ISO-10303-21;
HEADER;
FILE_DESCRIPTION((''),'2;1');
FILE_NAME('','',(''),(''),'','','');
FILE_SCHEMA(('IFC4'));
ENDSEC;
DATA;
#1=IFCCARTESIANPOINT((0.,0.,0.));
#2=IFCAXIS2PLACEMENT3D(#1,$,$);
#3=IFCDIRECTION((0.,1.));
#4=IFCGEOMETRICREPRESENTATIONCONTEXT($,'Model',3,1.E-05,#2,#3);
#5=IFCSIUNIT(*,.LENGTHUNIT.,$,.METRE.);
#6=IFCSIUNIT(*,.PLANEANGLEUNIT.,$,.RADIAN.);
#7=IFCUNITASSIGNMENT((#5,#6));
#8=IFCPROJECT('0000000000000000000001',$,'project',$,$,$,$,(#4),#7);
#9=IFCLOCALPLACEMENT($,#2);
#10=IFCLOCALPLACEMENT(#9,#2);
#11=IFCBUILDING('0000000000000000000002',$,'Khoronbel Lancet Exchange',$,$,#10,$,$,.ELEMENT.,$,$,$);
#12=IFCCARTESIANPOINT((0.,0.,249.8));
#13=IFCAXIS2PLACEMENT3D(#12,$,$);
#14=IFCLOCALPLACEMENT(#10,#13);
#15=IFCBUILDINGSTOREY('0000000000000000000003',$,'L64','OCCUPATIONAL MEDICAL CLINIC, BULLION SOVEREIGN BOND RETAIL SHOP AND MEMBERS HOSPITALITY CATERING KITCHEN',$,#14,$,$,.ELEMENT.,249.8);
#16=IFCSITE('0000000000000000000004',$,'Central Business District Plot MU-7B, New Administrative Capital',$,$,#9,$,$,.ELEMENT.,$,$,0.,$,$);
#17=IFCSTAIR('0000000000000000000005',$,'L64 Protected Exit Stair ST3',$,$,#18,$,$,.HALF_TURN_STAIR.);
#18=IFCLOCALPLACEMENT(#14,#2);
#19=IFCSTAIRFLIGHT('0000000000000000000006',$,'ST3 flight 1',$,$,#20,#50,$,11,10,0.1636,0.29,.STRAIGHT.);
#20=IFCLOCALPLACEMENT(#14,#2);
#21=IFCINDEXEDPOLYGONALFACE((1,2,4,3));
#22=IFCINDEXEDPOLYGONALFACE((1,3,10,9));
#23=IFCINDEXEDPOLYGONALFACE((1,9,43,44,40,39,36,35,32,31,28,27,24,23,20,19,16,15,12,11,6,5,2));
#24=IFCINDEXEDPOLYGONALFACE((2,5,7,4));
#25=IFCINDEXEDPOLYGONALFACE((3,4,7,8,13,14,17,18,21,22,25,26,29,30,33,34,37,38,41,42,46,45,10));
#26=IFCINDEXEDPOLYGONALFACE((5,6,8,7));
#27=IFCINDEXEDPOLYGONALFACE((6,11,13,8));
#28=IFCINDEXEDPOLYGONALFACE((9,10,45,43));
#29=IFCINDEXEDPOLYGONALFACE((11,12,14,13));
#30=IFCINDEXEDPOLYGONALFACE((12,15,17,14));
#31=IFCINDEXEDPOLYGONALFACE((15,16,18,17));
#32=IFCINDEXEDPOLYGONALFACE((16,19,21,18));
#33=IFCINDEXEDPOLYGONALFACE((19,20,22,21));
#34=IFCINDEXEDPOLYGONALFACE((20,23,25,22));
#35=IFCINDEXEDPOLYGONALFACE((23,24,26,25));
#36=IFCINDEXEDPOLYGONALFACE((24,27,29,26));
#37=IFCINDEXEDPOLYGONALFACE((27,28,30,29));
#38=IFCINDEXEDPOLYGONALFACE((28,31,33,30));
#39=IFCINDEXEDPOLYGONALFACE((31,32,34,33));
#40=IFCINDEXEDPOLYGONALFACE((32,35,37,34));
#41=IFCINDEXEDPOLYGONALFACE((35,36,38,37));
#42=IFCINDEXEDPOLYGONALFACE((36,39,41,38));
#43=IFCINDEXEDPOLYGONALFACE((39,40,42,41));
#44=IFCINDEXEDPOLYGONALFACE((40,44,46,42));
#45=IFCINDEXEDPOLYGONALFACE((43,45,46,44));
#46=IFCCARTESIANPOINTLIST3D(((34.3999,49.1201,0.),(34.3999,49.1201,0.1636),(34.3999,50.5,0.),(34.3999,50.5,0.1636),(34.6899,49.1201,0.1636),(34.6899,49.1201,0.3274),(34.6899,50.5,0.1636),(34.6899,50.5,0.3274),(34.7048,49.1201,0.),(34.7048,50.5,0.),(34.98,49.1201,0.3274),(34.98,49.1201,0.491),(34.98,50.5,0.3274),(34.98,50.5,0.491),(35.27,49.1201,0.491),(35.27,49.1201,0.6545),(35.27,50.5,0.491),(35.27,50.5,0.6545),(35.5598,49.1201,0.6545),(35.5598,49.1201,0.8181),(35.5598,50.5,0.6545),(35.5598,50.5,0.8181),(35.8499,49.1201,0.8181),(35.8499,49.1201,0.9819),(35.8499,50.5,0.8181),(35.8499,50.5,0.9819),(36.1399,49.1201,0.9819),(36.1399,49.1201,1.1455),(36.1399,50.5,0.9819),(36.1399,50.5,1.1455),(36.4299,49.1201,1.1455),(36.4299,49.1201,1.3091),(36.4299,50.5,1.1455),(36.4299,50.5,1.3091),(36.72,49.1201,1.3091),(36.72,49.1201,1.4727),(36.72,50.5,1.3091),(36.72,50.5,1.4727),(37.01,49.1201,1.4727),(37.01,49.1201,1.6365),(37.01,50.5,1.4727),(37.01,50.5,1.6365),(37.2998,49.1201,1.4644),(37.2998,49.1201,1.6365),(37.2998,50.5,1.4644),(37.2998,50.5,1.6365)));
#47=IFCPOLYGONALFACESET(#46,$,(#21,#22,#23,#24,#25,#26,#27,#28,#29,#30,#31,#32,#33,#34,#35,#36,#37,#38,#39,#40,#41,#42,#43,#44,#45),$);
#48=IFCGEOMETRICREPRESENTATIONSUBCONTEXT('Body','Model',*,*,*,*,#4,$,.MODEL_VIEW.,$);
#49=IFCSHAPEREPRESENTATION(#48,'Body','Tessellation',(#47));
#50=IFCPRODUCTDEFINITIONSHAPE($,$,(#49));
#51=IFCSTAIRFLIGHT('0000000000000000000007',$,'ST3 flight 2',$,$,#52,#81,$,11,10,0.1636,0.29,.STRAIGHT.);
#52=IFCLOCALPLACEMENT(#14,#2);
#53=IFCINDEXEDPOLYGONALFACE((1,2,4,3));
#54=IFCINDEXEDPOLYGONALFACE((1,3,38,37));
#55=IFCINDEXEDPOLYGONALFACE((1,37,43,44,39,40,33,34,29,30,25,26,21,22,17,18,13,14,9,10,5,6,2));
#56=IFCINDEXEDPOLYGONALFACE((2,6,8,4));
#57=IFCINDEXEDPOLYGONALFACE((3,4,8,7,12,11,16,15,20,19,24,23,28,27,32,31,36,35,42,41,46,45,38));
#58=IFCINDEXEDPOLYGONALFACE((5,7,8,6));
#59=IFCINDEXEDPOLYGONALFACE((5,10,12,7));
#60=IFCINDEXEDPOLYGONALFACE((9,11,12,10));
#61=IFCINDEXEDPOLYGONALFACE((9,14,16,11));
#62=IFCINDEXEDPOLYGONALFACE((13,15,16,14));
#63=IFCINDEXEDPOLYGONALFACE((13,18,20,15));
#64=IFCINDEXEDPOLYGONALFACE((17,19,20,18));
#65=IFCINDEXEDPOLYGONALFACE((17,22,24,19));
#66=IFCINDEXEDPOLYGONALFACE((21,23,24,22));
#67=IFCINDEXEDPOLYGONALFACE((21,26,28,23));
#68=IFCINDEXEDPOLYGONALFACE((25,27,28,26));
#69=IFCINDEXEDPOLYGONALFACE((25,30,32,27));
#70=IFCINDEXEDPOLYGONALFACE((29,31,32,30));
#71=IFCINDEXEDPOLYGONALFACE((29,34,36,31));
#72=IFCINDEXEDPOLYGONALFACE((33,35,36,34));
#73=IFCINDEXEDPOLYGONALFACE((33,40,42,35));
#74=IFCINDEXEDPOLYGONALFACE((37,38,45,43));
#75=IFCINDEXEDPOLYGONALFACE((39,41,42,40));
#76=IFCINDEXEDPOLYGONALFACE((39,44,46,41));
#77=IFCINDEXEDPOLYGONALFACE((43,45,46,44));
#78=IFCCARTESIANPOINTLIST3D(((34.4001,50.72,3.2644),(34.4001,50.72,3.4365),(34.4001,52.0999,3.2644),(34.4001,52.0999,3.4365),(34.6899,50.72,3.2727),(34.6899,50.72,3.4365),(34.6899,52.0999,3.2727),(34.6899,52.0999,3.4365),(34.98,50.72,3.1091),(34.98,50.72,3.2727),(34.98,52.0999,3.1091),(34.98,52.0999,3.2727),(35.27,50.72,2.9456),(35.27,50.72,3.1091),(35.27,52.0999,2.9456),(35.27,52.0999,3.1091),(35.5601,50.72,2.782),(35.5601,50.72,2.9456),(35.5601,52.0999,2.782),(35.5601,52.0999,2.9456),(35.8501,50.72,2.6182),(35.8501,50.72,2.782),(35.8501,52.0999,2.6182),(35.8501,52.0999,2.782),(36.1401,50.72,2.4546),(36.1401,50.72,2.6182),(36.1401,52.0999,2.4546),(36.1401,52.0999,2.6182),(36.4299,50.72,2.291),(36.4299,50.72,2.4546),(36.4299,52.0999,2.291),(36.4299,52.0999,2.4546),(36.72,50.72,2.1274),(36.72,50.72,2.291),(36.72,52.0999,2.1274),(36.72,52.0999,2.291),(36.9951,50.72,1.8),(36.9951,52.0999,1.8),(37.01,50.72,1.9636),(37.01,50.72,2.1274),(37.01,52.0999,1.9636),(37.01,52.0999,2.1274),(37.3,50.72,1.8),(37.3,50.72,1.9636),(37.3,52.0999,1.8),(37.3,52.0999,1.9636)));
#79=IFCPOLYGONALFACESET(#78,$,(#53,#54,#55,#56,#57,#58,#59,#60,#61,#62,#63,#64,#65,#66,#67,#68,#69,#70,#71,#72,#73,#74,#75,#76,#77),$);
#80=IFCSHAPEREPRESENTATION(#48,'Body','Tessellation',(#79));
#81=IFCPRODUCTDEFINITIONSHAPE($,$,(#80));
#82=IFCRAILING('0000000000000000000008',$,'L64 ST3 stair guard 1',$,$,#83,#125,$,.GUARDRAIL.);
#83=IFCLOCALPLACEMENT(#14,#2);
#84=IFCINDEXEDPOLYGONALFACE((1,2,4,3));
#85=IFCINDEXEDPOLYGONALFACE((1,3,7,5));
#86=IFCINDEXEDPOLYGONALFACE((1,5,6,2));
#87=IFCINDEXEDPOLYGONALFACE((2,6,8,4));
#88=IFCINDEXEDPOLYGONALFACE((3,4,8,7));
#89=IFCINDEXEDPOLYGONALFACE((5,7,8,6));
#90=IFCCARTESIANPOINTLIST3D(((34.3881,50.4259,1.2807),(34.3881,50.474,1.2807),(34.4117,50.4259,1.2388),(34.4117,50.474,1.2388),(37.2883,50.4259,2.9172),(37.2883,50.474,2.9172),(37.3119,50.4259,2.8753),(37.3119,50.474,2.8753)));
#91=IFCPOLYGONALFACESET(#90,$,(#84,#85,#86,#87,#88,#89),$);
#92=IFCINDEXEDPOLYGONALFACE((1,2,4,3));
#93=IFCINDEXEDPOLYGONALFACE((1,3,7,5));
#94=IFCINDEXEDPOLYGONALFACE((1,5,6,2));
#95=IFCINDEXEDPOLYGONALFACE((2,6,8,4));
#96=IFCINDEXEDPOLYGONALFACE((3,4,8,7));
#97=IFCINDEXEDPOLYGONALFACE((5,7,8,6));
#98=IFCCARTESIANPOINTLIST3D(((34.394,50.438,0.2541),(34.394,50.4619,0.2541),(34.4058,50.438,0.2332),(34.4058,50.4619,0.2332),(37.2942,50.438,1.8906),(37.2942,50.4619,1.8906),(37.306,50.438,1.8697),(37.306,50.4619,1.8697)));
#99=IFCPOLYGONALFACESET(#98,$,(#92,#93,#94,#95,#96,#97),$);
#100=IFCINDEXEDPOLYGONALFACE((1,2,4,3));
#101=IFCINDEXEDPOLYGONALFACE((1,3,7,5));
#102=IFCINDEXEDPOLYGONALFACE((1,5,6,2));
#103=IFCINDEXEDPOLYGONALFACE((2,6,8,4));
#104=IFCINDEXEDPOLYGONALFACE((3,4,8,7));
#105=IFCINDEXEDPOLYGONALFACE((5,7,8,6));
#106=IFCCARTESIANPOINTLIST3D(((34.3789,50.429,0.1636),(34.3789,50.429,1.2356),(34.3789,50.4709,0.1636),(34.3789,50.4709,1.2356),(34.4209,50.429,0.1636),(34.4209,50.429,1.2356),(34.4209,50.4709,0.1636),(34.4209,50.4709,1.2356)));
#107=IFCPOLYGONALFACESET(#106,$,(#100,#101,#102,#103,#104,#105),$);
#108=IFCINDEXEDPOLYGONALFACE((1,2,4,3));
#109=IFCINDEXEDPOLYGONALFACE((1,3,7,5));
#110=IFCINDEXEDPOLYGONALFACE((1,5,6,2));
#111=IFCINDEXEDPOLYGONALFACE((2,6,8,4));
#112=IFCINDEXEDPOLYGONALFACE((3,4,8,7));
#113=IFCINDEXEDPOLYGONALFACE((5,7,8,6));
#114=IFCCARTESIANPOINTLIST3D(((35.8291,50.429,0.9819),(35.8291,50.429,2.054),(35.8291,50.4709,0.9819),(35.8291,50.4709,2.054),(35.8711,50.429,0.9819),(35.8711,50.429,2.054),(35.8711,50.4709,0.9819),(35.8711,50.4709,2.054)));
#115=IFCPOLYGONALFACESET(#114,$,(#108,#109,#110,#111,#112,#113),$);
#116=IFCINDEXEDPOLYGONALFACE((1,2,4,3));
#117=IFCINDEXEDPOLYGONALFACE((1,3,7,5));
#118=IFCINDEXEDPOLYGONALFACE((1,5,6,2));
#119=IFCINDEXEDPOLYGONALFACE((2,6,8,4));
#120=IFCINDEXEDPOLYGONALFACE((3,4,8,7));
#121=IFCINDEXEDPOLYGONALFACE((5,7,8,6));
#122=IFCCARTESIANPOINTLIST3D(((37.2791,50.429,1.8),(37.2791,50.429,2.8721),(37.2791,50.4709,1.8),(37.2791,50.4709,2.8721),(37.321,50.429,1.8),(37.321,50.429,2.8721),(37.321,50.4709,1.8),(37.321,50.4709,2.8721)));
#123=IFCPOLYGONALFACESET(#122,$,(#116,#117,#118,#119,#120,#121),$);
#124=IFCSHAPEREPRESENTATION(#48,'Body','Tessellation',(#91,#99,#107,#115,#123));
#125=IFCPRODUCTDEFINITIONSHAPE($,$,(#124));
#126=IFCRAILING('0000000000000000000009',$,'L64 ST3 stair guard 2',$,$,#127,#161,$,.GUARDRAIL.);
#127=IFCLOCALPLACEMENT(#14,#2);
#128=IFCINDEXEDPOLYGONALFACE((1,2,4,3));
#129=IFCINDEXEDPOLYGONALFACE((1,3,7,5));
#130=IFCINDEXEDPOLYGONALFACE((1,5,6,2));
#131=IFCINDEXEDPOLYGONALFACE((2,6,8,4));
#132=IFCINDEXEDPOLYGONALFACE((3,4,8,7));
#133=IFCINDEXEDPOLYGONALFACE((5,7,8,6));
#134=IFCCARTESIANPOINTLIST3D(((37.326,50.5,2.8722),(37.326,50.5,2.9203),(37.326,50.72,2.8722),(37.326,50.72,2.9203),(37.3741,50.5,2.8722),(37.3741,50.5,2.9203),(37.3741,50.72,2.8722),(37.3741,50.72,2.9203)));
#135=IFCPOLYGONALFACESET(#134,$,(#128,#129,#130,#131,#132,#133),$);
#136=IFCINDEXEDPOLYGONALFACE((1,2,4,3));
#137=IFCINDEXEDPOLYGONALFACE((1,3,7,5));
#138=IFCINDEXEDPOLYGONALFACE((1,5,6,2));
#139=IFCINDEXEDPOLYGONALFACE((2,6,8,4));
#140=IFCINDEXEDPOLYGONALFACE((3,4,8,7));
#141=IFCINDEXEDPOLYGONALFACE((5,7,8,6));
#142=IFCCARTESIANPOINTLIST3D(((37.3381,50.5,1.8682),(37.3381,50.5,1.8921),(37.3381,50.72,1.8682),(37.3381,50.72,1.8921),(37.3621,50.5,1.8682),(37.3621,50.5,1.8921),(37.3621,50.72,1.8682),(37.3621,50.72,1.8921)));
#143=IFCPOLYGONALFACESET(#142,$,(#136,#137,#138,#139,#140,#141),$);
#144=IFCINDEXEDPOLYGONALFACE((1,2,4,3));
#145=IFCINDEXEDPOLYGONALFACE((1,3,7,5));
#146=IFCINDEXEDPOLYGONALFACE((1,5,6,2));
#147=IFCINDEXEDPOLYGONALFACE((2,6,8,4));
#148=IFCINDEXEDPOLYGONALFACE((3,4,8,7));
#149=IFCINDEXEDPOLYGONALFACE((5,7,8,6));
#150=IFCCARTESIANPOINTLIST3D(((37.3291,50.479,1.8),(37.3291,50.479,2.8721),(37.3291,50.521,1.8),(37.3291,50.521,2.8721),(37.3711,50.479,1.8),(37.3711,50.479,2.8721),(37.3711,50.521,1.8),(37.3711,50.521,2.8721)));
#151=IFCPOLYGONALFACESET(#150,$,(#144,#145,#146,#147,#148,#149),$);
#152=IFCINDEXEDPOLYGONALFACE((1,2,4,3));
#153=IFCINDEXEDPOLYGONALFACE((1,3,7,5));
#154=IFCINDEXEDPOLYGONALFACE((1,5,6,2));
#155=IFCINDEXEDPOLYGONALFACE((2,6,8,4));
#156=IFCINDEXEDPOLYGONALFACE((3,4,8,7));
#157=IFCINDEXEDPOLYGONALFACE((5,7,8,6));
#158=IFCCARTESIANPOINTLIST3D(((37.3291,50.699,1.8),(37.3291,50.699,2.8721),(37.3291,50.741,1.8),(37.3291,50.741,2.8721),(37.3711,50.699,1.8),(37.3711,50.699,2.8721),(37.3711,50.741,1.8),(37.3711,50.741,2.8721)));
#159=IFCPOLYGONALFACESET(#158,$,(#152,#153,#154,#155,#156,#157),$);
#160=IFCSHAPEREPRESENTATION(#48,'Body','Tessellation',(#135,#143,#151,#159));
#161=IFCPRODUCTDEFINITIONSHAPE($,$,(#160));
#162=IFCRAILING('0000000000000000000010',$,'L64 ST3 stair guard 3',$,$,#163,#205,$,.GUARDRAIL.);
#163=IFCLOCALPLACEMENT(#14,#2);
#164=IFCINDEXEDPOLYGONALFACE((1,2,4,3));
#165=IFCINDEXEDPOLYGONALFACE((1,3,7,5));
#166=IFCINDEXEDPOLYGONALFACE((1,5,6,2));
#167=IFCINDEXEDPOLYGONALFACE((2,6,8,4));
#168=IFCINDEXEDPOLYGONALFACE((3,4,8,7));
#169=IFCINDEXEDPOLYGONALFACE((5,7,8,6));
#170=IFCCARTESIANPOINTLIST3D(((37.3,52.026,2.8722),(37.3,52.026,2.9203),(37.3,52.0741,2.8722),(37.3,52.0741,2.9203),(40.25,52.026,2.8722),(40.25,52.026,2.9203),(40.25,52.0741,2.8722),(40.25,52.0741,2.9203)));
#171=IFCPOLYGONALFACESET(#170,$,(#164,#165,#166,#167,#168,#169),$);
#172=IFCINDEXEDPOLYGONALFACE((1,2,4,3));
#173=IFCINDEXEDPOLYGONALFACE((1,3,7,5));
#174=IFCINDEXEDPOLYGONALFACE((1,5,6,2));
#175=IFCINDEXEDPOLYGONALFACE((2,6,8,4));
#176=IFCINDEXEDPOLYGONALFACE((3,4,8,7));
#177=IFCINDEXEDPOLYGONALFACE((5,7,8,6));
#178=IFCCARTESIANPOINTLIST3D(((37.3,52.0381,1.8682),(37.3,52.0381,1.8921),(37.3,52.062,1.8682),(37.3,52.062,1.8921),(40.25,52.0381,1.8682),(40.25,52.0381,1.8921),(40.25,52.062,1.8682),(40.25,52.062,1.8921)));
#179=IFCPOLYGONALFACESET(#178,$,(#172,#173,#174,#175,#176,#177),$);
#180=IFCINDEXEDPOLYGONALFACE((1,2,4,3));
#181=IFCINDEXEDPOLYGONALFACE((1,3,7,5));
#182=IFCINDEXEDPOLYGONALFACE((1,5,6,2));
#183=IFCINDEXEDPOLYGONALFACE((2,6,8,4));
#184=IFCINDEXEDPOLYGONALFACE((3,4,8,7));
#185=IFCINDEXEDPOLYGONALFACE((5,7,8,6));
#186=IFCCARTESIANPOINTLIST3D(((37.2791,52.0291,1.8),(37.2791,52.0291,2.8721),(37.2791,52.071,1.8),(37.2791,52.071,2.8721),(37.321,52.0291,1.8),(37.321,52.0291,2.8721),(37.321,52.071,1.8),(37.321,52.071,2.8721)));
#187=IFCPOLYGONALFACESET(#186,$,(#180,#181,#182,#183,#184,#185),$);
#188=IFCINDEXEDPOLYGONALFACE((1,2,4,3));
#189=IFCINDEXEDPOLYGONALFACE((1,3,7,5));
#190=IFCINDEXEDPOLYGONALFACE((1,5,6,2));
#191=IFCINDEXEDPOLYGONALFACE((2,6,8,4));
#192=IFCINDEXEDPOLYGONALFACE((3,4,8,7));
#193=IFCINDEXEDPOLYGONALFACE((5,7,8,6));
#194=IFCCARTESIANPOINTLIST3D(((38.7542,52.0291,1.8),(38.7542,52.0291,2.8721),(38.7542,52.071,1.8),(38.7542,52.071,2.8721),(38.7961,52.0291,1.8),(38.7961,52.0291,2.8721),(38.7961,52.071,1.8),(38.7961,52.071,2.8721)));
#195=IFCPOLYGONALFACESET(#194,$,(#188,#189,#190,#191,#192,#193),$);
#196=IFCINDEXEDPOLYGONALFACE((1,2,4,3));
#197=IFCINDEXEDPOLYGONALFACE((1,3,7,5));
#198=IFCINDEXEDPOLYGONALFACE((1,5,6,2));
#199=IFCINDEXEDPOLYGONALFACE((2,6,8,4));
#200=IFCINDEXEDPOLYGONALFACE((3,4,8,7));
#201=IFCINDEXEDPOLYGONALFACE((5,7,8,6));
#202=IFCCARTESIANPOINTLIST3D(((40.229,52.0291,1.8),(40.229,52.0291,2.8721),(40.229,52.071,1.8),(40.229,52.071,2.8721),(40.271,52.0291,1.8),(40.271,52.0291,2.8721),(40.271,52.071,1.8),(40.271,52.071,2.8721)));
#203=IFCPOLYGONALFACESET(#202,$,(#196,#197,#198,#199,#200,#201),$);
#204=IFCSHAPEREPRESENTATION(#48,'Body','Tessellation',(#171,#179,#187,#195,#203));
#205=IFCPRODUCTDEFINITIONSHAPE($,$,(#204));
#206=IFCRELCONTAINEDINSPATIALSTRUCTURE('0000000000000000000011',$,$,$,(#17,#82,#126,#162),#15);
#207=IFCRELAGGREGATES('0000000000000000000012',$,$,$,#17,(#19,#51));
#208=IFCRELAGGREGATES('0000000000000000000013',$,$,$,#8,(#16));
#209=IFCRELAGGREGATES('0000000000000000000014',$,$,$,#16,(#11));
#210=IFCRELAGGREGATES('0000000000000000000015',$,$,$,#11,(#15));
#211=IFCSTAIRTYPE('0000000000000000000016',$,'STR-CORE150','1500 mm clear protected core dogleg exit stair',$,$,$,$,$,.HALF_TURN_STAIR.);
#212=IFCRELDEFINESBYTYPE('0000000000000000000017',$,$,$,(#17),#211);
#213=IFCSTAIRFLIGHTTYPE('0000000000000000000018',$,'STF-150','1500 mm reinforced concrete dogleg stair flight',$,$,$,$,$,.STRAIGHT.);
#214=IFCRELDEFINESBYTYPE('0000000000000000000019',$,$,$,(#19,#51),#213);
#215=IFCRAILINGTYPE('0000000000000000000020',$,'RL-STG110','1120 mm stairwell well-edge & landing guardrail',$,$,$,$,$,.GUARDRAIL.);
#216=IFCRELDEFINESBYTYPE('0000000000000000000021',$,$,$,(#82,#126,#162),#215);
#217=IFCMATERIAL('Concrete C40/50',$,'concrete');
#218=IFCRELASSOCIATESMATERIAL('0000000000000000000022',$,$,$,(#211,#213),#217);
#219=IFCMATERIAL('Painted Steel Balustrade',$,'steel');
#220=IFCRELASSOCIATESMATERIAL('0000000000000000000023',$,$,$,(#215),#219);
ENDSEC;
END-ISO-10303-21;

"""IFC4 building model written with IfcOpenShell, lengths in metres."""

from ifc_helpers import new_model, si_unit, direction, frame, origin, origin_2d, place, context, subcontext, project, spatial, polyline, rectangle, outline, extrude, material, type_object, element, aggregate, save


model = new_model("IFC4")

# Units and contexts
model_context = context("Model", 3, precision=1e-05, world=origin(), true_north=direction((0.0, 1.0)))
body_context = subcontext(model_context, "Body", "Model", "MODEL_VIEW")
ifc_project = project(units=[si_unit("LENGTHUNIT", "METRE"), si_unit("PLANEANGLEUNIT", "RADIAN")], contexts=[model_context])

# Site, building, storey
site_placement = place(None, origin())
site = spatial("IfcSite", under=ifc_project, at=site_placement, Name="Central Business District Plot MU-7B, New Administrative Capital", CompositionType="ELEMENT", RefElevation=0.0)
building_placement = place(site_placement, origin())
building = spatial("IfcBuilding", under=site, at=building_placement, Name="Khoronbel Lancet Exchange", CompositionType="ELEMENT")
storey_placement = place(building_placement, frame((0.0, 0.0, 249.8)))
storey = spatial("IfcBuildingStorey", under=building, at=storey_placement, Name="L64", Description="OCCUPATIONAL MEDICAL CLINIC, BULLION SOVEREIGN BOND RETAIL SHOP AND MEMBERS HOSPITALITY CATERING KITCHEN", CompositionType="ELEMENT", Elevation=249.8)

# Stair, stair flights
ifc_material_1 = material(Name="Concrete C40/50", Category="concrete")
stair_type = type_object("IfcStairType", Name="STR-CORE150", Description="1500 mm clear protected core dogleg exit stair", PredefinedType="HALF_TURN_STAIR", material=ifc_material_1)
stair_placement = place(storey_placement, origin())
stair = element("IfcStair", 1, at=stair_placement, inside=storey, type_object=stair_type, Name="L64 Protected Exit Stair ST3", PredefinedType="HALF_TURN_STAIR")
stair_flight_type = type_object("IfcStairFlightType", Name="STF-150", Description="1500 mm reinforced concrete dogleg stair flight", PredefinedType="STRAIGHT", material=ifc_material_1)
stair_flight_1_placement = place(storey_placement, frame((34.3999, 49.8101, 0.0), z_axis=(0.0, 0.0, 1.0), x_axis=(1.0, 0.0, 0.0)))
stair_flight_1 = element("IfcStairFlight", 2, at=stair_flight_1_placement, type_object=stair_flight_type, Name="ST3 flight 1", NumberOfRisers=11, NumberOfTreads=10, PredefinedType="STRAIGHT", RiserHeight=0.1636, TreadLength=0.29, context=body_context, shape_type="SweptSolid", body=[
    extrude(outline(polyline([(0.0, 0.0), (0.0, 0.1636), (0.29, 0.1636), (0.29, 0.3274), (0.5801, 0.3274), (0.5801, 0.491), (0.8701, 0.491), (0.8701, 0.6545), (1.1599, 0.6545), (1.1599, 0.8181), (1.45, 0.8181), (1.45, 0.9819), (1.74, 0.9819), (1.74, 1.1455), (2.03, 1.1455), (2.03, 1.3091), (2.3201, 1.3091), (2.3201, 1.4727), (2.6101, 1.4727), (2.6101, 1.6365), (2.8999, 1.6365), (2.8999, 1.8), (2.8999, 1.4644), (0.3049, 0.0), (0.0, 0.0)])), frame((0.0, 0.6899, 0.0), z_axis=(0.0, -1.0, 0.0), x_axis=(1.0, 0.0, 0.0)), (0.0, 0.0, 1.0), 1.3799),
])
stair_flight_2_placement = place(storey_placement, frame((37.3, 51.4099, 1.8), z_axis=(0.0, 0.0, 1.0), x_axis=(-1.0, 0.0, 0.0)))
stair_flight_2 = element("IfcStairFlight", 3, at=stair_flight_2_placement, type_object=stair_flight_type, Name="ST3 flight 2", NumberOfRisers=11, NumberOfTreads=10, PredefinedType="STRAIGHT", RiserHeight=0.1636, TreadLength=0.29, context=body_context, shape_type="SweptSolid", body=[
    extrude(outline(polyline([(0.0, 0.0), (0.0, 0.1636), (0.29, 0.1636), (0.29, 0.3274), (0.5801, 0.3274), (0.5801, 0.491), (0.8701, 0.491), (0.8701, 0.6545), (1.1599, 0.6545), (1.1599, 0.8181), (1.45, 0.8181), (1.45, 0.9819), (1.74, 0.9819), (1.74, 1.1455), (2.03, 1.1455), (2.03, 1.3091), (2.3201, 1.3091), (2.3201, 1.4727), (2.6101, 1.4727), (2.6101, 1.6365), (2.8999, 1.6365), (2.8999, 1.8), (2.8999, 1.4644), (0.3049, 0.0), (0.0, 0.0)])), frame((0.0, 0.6899, 0.0), z_axis=(0.0, -1.0, 0.0), x_axis=(1.0, 0.0, 0.0)), (0.0, 0.0, 1.0), 1.3799),
])
aggregate(stair, [stair_flight_1, stair_flight_2])

# Railings
ifc_material_2 = material(Name="Painted Steel Balustrade", Category="steel")
railing_type_1 = type_object("IfcRailingType", Name="RL-STG110", Description="1120 mm stairwell well-edge & landing guardrail", PredefinedType="GUARDRAIL", material=ifc_material_2)
railing_1_placement = place(storey_placement, frame((34.3999, 50.45, 0.1636)))
element("IfcRailing", 4, at=railing_1_placement, inside=storey, type_object=railing_type_1, Name="L64 ST3 stair guard 1", PredefinedType="GUARDRAIL", context=body_context, shape_type="SweptSolid", body=[
    extrude(rectangle(XDim=0.0481, YDim=0.0481, at=origin_2d()), frame((0.0, 0.0, 1.0962), z_axis=(0.870915, 0.0, 0.491434), x_axis=(0.0, 1.0, 0.0)), (0.0, 0.0, 1.0), 3.3301),
    extrude(rectangle(XDim=0.0239, YDim=0.0239, at=origin_2d()), frame((0.0, 0.0, 0.0801), z_axis=(0.870915, 0.0, 0.491434), x_axis=(0.0, 1.0, 0.0)), (0.0, 0.0, 1.0), 3.3301),
    extrude(rectangle(XDim=0.042, YDim=0.042, at=origin_2d()), origin(), (0.0, 0.0, 1.0), 1.072),
    extrude(rectangle(XDim=0.042, YDim=0.042, at=origin_2d()), frame((1.4502, 0.0, 0.8184)), (0.0, 0.0, 1.0), 1.072),
    extrude(rectangle(XDim=0.042, YDim=0.042, at=origin_2d()), frame((2.9001, 0.0, 1.6365)), (0.0, 0.0, 1.0), 1.072),
])
railing_2_placement = place(storey_placement, frame((37.3501, 50.5, 1.8)))
element("IfcRailing", 5, at=railing_2_placement, inside=storey, type_object=railing_type_1, Name="L64 ST3 stair guard 2", PredefinedType="GUARDRAIL", context=body_context, shape_type="SweptSolid", body=[
    extrude(rectangle(XDim=0.0481, YDim=0.0481, at=origin_2d()), frame((0.0, 0.0, 1.0962), z_axis=(0.0, 1.0, 0.0), x_axis=(-1.0, 0.0, 0.0)), (0.0, 0.0, 1.0), 0.22),
    extrude(rectangle(XDim=0.0239, YDim=0.0239, at=origin_2d()), frame((0.0, 0.0, 0.0801), z_axis=(0.0, 1.0, 0.0), x_axis=(-1.0, 0.0, 0.0)), (0.0, 0.0, 1.0), 0.22),
    extrude(rectangle(XDim=0.042, YDim=0.042, at=origin_2d()), origin(), (0.0, 0.0, 1.0), 1.072),
    extrude(rectangle(XDim=0.042, YDim=0.042, at=origin_2d()), frame((0.0, 0.22, 0.0)), (0.0, 0.0, 1.0), 1.072),
])
railing_3_placement = place(storey_placement, frame((37.3, 52.05, 1.8)))
element("IfcRailing", 6, at=railing_3_placement, inside=storey, type_object=railing_type_1, Name="L64 ST3 stair guard 3", PredefinedType="GUARDRAIL", context=body_context, shape_type="SweptSolid", body=[
    extrude(rectangle(XDim=0.0481, YDim=0.0481, at=origin_2d()), frame((0.0, 0.0, 1.0962), z_axis=(1.0, 0.0, 0.0), x_axis=(0.0, 1.0, 0.0)), (0.0, 0.0, 1.0), 2.95),
    extrude(rectangle(XDim=0.0239, YDim=0.0239, at=origin_2d()), frame((0.0, 0.0, 0.0801), z_axis=(1.0, 0.0, 0.0), x_axis=(0.0, 1.0, 0.0)), (0.0, 0.0, 1.0), 2.95),
    extrude(rectangle(XDim=0.042, YDim=0.042, at=origin_2d()), origin(), (0.0, 0.0, 1.0), 1.072),
    extrude(rectangle(XDim=0.042, YDim=0.042, at=origin_2d()), frame((1.4751, 0.0, 0.0)), (0.0, 0.0, 1.0), 1.072),
    extrude(rectangle(XDim=0.042, YDim=0.042, at=origin_2d()), frame((2.95, 0.0, 0.0)), (0.0, 0.0, 1.0), 1.072),
])

save(model, "model.ifc")
